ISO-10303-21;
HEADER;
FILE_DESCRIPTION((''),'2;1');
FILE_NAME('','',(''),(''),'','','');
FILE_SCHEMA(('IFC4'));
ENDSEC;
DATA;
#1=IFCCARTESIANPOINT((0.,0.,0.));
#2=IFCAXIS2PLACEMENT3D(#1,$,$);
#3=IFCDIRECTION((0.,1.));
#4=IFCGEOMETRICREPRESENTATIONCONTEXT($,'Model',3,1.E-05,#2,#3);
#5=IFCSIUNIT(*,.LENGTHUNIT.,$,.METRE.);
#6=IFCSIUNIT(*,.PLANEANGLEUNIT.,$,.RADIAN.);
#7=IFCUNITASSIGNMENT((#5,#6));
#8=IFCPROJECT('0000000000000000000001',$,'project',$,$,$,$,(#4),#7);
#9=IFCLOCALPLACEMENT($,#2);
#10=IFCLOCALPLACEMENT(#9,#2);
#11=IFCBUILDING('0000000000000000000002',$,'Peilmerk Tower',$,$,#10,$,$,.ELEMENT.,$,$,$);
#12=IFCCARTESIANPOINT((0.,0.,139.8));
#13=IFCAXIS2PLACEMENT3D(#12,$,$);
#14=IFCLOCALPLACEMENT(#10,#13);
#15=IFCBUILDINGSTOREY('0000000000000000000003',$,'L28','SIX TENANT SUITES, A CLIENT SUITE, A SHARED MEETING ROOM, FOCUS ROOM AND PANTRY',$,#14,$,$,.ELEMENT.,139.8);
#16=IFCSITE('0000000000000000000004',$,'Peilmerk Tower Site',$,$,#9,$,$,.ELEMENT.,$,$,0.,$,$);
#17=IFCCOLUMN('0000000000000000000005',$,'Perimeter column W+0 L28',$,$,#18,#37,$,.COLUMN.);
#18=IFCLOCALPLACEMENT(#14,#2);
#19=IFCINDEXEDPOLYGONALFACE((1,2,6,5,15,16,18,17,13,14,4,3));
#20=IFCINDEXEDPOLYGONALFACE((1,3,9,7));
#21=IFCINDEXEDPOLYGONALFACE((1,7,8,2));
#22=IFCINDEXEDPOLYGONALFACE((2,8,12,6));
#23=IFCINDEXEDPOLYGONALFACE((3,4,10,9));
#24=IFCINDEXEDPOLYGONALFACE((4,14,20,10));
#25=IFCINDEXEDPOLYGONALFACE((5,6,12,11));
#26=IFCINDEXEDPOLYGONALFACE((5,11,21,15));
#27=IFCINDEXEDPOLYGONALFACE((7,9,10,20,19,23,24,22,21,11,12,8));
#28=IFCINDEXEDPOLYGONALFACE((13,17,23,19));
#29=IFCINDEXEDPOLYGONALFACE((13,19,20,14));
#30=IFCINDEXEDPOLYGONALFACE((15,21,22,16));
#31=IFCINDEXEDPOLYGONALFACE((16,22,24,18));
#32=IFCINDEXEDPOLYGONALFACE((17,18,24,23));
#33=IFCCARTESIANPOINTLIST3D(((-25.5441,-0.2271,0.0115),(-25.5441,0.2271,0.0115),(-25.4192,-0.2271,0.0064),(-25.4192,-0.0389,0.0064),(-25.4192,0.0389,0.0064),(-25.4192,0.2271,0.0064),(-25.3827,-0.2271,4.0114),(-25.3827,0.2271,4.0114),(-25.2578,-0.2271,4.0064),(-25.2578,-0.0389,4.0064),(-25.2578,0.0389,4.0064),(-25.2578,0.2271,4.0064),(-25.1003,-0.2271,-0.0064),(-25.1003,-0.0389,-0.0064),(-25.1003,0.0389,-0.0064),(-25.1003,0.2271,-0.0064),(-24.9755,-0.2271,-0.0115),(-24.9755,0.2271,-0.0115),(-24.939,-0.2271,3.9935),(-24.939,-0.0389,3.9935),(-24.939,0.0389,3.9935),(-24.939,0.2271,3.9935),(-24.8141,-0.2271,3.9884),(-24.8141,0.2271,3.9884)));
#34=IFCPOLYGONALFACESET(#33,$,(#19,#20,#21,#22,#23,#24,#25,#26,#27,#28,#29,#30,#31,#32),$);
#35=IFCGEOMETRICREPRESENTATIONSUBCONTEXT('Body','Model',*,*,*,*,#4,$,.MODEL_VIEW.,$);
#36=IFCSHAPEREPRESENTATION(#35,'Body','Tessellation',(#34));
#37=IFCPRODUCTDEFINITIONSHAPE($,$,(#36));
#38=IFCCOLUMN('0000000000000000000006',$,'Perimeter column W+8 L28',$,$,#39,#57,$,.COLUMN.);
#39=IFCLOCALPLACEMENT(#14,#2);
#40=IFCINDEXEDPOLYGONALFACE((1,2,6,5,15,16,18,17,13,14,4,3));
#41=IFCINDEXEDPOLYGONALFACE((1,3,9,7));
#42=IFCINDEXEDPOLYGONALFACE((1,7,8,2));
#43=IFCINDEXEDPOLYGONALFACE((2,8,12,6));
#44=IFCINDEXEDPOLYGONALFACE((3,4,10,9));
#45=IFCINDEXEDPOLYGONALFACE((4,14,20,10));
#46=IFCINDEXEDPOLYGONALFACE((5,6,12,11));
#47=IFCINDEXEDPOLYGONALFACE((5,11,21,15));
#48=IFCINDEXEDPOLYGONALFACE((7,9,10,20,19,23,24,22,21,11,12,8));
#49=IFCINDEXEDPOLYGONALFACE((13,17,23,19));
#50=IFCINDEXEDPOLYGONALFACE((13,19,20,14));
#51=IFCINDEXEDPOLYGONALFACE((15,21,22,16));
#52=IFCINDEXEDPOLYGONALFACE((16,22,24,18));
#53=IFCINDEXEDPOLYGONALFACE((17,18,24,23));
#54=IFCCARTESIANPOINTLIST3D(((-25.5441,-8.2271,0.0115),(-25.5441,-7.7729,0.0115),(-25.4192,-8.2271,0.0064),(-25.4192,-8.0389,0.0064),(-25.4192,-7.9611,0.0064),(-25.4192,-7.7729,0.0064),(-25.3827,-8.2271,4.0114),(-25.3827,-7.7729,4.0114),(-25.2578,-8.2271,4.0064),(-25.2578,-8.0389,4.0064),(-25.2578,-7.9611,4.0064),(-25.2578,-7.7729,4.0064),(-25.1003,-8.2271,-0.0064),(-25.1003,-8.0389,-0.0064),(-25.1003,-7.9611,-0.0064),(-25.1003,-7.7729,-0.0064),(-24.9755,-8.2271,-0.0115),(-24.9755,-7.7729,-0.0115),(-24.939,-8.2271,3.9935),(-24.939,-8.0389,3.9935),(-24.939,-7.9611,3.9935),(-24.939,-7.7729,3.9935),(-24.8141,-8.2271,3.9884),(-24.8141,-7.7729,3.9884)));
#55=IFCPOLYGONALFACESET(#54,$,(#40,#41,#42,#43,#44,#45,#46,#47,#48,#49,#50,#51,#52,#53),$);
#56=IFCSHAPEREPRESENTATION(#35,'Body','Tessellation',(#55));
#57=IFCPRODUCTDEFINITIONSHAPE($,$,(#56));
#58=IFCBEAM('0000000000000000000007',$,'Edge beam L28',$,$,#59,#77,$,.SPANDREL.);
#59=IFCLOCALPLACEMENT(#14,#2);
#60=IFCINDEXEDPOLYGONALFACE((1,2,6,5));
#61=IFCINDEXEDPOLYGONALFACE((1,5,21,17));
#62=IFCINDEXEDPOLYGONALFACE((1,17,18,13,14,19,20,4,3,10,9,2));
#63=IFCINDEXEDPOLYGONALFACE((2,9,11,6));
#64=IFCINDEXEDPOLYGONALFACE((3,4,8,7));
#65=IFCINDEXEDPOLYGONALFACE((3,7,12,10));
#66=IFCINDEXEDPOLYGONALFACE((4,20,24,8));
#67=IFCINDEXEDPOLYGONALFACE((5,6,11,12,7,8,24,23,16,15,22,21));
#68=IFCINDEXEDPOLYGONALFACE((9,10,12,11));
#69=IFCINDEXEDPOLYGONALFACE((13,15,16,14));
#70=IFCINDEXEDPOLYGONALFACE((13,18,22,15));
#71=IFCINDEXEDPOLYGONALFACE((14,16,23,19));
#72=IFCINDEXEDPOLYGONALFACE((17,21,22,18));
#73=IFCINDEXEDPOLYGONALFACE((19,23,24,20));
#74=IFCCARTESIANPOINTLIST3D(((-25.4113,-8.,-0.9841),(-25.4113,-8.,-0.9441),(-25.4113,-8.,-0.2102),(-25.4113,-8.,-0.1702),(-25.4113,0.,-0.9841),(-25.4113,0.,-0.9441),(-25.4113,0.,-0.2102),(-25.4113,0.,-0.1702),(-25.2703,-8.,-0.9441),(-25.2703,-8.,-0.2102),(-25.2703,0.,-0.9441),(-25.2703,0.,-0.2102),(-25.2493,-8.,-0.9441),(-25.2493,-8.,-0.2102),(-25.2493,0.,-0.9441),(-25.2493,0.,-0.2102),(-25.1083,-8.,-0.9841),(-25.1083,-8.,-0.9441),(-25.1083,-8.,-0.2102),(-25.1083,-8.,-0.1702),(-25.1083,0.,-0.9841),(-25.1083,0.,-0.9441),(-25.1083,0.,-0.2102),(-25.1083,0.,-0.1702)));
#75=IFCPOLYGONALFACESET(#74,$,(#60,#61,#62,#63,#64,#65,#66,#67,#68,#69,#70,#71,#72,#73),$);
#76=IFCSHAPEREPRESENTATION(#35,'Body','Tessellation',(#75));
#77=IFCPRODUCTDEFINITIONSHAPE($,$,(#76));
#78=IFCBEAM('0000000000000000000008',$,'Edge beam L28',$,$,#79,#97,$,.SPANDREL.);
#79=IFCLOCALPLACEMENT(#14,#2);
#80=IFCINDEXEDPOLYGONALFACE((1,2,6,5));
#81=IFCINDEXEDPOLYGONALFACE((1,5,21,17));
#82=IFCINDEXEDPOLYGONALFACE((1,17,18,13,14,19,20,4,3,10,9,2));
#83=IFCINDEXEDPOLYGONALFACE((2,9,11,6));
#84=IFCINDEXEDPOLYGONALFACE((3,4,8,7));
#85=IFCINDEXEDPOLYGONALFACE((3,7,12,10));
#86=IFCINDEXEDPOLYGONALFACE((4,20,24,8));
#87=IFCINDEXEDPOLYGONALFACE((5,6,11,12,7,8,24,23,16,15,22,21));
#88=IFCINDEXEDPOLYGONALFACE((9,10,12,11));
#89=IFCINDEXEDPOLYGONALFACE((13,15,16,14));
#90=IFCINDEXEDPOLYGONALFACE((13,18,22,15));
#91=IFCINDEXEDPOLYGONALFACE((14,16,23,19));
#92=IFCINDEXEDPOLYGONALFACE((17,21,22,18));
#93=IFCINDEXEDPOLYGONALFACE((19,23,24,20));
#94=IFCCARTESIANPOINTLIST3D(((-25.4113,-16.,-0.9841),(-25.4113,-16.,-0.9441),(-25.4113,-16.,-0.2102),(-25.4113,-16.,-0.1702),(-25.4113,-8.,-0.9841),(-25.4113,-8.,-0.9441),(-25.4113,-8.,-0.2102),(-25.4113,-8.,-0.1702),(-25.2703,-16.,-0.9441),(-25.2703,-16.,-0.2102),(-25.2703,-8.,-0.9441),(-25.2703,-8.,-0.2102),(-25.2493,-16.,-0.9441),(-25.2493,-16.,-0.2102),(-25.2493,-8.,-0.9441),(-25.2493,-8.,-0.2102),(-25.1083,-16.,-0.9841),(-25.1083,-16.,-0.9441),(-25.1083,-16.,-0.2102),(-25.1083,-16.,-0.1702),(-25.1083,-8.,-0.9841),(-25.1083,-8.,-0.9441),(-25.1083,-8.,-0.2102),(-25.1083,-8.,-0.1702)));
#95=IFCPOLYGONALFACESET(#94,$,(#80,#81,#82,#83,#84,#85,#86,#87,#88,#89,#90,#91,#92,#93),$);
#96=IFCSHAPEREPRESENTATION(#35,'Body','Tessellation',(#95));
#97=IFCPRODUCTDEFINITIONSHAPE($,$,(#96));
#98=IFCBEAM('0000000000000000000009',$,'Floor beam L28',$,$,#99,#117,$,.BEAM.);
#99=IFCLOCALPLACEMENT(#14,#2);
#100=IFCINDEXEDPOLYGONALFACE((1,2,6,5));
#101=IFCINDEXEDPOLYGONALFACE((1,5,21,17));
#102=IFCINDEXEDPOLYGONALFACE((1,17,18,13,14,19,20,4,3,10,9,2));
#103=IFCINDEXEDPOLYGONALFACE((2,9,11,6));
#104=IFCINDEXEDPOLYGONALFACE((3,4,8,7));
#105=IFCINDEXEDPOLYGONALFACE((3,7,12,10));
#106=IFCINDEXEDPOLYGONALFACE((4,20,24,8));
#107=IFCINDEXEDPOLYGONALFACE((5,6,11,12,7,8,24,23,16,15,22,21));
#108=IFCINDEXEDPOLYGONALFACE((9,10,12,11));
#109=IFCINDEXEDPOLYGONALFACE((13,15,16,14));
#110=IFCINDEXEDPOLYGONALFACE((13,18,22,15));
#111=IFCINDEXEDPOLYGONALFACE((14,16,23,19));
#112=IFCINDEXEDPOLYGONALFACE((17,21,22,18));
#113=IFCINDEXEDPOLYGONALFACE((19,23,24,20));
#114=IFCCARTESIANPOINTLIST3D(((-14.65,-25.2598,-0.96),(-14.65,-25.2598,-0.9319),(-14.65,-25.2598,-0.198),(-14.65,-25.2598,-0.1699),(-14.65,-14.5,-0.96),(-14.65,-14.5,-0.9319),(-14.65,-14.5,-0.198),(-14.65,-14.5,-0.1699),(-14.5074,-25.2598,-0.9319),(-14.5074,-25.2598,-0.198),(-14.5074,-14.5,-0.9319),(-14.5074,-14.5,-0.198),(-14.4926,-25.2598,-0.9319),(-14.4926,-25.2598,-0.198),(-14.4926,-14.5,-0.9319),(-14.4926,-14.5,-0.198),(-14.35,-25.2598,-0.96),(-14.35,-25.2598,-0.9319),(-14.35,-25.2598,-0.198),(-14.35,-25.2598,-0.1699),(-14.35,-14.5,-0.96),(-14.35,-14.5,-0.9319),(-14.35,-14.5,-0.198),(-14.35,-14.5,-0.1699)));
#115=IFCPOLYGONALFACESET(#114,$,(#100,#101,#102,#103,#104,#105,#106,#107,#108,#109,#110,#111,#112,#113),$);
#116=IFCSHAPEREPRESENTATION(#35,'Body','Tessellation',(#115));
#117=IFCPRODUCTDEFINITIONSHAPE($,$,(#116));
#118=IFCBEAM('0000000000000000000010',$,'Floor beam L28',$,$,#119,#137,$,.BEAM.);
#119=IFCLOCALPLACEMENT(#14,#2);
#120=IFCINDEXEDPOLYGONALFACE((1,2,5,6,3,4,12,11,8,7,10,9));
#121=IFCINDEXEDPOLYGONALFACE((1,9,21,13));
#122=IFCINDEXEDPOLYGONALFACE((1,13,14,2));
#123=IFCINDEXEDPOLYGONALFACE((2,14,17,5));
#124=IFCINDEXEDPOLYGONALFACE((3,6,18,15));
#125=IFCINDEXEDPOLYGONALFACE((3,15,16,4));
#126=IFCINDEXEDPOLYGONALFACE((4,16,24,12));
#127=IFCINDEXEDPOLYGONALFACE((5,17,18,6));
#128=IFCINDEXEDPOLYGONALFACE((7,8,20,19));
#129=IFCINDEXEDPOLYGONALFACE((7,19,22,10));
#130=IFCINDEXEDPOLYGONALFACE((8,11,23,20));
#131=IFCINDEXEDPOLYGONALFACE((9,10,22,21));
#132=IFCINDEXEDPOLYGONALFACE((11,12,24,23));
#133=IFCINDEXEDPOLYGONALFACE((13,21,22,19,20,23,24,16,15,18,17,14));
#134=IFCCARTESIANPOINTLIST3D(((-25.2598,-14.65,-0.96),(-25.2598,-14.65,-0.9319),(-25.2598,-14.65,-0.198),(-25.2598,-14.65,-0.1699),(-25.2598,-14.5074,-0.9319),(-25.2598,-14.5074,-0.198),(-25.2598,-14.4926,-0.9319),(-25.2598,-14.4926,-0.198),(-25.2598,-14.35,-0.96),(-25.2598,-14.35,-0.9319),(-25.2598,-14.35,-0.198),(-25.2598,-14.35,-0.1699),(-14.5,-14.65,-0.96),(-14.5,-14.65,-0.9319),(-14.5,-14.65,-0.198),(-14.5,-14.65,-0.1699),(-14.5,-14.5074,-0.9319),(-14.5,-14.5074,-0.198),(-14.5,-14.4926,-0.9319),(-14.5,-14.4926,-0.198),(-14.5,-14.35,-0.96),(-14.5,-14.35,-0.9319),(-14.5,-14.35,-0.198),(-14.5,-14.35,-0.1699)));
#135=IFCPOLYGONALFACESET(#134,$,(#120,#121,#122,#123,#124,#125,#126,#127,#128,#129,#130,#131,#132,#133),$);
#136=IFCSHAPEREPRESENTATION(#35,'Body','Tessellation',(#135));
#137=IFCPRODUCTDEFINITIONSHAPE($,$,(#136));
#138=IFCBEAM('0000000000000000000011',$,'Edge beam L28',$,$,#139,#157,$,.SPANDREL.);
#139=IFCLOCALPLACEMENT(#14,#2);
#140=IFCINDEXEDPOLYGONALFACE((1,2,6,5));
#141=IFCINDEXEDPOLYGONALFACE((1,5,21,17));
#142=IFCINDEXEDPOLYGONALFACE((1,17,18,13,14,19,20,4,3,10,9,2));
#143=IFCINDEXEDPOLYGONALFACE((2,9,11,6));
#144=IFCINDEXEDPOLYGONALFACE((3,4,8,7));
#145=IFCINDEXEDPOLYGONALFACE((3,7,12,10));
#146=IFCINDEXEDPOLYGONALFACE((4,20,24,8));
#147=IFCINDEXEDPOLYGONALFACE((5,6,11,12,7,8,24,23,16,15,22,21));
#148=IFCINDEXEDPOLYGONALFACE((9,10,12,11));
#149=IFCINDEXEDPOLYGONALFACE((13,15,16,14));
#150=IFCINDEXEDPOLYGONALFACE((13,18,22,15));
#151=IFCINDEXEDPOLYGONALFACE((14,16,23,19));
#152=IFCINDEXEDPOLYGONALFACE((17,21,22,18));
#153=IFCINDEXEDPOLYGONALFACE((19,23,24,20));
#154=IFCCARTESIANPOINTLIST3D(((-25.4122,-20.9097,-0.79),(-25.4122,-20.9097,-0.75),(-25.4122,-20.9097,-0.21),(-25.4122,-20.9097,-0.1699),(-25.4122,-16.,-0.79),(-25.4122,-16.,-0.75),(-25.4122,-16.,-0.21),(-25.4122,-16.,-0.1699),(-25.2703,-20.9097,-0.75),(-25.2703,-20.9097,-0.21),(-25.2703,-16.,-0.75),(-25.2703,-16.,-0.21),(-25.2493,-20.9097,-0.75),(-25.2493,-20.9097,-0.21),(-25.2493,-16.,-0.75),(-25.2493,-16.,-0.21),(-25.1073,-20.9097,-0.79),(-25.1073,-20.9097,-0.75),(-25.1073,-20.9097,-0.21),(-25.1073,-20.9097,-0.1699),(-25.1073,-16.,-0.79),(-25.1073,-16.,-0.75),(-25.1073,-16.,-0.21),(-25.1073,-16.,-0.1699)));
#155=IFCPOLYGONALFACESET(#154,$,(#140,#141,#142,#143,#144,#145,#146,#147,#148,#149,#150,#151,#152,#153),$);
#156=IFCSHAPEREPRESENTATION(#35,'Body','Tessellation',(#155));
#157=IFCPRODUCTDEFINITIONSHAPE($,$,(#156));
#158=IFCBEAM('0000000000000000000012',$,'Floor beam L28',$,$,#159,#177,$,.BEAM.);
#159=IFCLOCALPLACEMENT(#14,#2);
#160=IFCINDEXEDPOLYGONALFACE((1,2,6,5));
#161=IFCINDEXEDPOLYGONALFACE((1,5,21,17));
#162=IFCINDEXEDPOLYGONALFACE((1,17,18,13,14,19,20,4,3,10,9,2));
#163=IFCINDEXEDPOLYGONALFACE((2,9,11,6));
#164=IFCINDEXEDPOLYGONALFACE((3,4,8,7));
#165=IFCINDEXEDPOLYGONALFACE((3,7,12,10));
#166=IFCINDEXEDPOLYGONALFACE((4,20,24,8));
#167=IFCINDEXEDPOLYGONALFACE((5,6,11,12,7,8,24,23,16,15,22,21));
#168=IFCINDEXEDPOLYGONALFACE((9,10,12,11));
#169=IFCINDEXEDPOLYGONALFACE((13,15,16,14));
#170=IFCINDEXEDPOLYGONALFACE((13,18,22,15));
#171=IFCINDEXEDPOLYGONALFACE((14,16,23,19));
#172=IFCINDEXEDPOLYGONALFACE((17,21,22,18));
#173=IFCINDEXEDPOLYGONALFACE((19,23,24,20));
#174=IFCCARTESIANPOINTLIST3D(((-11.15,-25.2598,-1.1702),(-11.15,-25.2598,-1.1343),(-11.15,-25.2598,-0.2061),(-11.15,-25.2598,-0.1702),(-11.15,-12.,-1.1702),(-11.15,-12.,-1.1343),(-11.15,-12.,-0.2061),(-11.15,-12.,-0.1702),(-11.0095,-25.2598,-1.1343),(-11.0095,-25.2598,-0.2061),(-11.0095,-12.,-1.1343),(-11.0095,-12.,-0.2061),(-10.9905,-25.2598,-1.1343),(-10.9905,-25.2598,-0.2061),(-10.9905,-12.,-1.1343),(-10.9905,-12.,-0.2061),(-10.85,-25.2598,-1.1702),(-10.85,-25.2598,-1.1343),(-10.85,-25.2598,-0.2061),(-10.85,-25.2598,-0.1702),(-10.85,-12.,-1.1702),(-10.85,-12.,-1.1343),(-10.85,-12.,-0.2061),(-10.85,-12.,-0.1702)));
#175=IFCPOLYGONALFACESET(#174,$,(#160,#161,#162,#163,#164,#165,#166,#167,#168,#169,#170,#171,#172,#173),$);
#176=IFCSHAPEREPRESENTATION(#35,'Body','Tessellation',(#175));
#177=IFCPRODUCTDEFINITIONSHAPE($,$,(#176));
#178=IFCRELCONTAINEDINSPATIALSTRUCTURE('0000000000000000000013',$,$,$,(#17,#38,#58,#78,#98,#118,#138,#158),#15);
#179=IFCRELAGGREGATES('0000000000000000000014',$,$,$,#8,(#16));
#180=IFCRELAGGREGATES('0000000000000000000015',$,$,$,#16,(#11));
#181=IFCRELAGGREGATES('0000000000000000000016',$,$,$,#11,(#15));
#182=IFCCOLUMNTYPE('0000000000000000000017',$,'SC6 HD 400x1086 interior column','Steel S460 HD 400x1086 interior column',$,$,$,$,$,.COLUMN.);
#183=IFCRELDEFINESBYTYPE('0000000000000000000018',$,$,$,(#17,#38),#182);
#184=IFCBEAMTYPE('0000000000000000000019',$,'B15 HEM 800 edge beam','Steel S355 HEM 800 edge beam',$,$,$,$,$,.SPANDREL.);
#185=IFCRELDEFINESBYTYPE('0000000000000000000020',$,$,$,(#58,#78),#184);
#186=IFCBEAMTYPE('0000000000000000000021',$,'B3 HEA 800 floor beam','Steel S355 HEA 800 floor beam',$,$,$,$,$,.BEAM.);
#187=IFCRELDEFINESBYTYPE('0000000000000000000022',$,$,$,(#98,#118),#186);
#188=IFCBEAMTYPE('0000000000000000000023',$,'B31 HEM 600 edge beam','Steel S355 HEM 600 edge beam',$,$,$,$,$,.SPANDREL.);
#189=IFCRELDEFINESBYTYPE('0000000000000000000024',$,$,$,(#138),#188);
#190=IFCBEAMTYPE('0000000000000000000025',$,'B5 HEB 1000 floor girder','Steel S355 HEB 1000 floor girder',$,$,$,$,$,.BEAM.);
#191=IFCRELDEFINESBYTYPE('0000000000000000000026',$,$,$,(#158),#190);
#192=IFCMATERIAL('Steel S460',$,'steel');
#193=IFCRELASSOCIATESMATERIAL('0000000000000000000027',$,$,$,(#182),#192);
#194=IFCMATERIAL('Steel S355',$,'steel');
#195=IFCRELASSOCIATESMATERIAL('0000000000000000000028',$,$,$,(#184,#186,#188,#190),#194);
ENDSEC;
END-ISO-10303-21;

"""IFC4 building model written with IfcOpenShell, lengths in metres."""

from ifc_helpers import new_model, si_unit, direction, frame, origin, origin_2d, place, context, subcontext, project, spatial, i_section, extrude, material, material_profile, profile_set, type_object, element, save


model = new_model("IFC4")

# Units and contexts
model_context = context("Model", 3, precision=1e-05, world=origin(), true_north=direction((0.0, 1.0)))
body_context = subcontext(model_context, "Body", "Model", "MODEL_VIEW")
ifc_project = project(units=[si_unit("LENGTHUNIT", "METRE"), si_unit("PLANEANGLEUNIT", "RADIAN")], contexts=[model_context])

# Site, building, storey
site_placement = place(None, origin())
site = spatial("IfcSite", under=ifc_project, at=site_placement, Name="Peilmerk Tower Site", CompositionType="ELEMENT", RefElevation=0.0)
building_placement = place(site_placement, origin())
building = spatial("IfcBuilding", under=site, at=building_placement, Name="Peilmerk Tower", CompositionType="ELEMENT")
storey_placement = place(building_placement, frame((0.0, 0.0, 139.8)))
storey = spatial("IfcBuildingStorey", under=building, at=storey_placement, Name="L28", Description="SIX TENANT SUITES, A CLIENT SUITE, A SHARED MEETING ROOM, FOCUS ROOM AND PANTRY", CompositionType="ELEMENT", Elevation=139.8)

# Columns
ifc_material_1 = material(Name="Steel S460", Category="steel")
ifc_material_profile_1 = material_profile(ifc_material_1, i_section(OverallWidth=0.4541, OverallDepth=0.5691, WebThickness=0.0779, FlangeThickness=0.125, at=origin_2d()), Name="HD 400x1086")
ifc_profile_set_1 = profile_set([ifc_material_profile_1], Name="Steel S460")
column_type = type_object("IfcColumnType", Name="SC6 HD 400x1086 interior column", Description="Steel S460 HD 400x1086 interior column", PredefinedType="COLUMN", material=ifc_profile_set_1)
for number, where, z_axis, x_axis, name in (
    (1, (-25.2598, 0.0, 0.0), (0.040311, 0.0, 0.999187), (0.0, 1.0, 0.0), "Perimeter column W+0 L28"),
    (2, (-25.2598, -8.0, 0.0), (0.040311, 0.0, 0.999187), (0.0, 1.0, 0.0), "Perimeter column W+8 L28"),
):
    element("IfcColumn", number, at=place(storey_placement, frame(where, z_axis=z_axis, x_axis=x_axis)), inside=storey, type_object=column_type, Name=name, PredefinedType="COLUMN", context=body_context, shape_type="SweptSolid", body=[
        extrude(i_section(OverallWidth=0.4541, OverallDepth=0.5691, WebThickness=0.0779, FlangeThickness=0.125, at=origin_2d()), origin(), (0.0, 0.0, 1.0), 4.0032),
    ])

# Beams
ifc_material_2 = material(Name="Steel S355", Category="steel")
ifc_material_profile_2 = material_profile(ifc_material_2, i_section(OverallWidth=0.303, OverallDepth=0.814, WebThickness=0.021, FlangeThickness=0.04, at=origin_2d()), Name="HEM 800")
ifc_profile_set_2 = profile_set([ifc_material_profile_2], Name="Steel S355")
beam_type_1 = type_object("IfcBeamType", Name="B15 HEM 800 edge beam", Description="Steel S355 HEM 800 edge beam", PredefinedType="SPANDREL", material=ifc_profile_set_2)
for number, where, z_axis, x_axis, name in (
    (3, (-25.2598, 0.0, -0.5771), (0.0, -1.0, 0.0), (1.0, 0.0, 0.0), "Edge beam L28"),
    (4, (-25.2598, -8.0, -0.5771), (0.0, -1.0, 0.0), (1.0, 0.0, 0.0), "Edge beam L28"),
):
    element("IfcBeam", number, at=place(storey_placement, frame(where, z_axis=z_axis, x_axis=x_axis)), inside=storey, type_object=beam_type_1, Name=name, PredefinedType="SPANDREL", context=body_context, shape_type="SweptSolid", body=[
        extrude(i_section(OverallWidth=0.303, OverallDepth=0.814, WebThickness=0.021, FlangeThickness=0.04, at=origin_2d()), origin(), (0.0, 0.0, 1.0), 8.0),
    ])
ifc_material_profile_3 = material_profile(ifc_material_2, i_section(OverallWidth=0.3, OverallDepth=0.79, WebThickness=0.0149, FlangeThickness=0.0281, at=origin_2d()), Name="HEA 800")
ifc_profile_set_3 = profile_set([ifc_material_profile_3], Name="Steel S355")
beam_type_2 = type_object("IfcBeamType", Name="B3 HEA 800 floor beam", Description="Steel S355 HEA 800 floor beam", PredefinedType="BEAM", material=ifc_profile_set_3)
for number, where, z_axis, x_axis, name in (
    (5, (-14.5, -14.5, -0.5649), (0.0, -1.0, 0.0), (1.0, 0.0, 0.0), "Floor beam L28"),
    (6, (-14.5, -14.5, -0.5649), (-1.0, 0.0, 0.0), (0.0, -1.0, 0.0), "Floor beam L28"),
):
    element("IfcBeam", number, at=place(storey_placement, frame(where, z_axis=z_axis, x_axis=x_axis)), inside=storey, type_object=beam_type_2, Name=name, PredefinedType="BEAM", context=body_context, shape_type="SweptSolid", body=[
        extrude(i_section(OverallWidth=0.3, OverallDepth=0.79, WebThickness=0.0149, FlangeThickness=0.0281, at=origin_2d()), origin(), (0.0, 0.0, 1.0), 10.7598),
    ])
ifc_material_profile_4 = material_profile(ifc_material_2, i_section(OverallWidth=0.3049, OverallDepth=0.6201, WebThickness=0.021, FlangeThickness=0.04, at=origin_2d()), Name="HEM 600")
ifc_profile_set_4 = profile_set([ifc_material_profile_4], Name="Steel S355")
beam_type_3 = type_object("IfcBeamType", Name="B31 HEM 600 edge beam", Description="Steel S355 HEM 600 edge beam", PredefinedType="SPANDREL", material=ifc_profile_set_4)
beam_1_placement = place(storey_placement, frame((-25.2598, -16.0, -0.48), z_axis=(0.0, -1.0, 0.0), x_axis=(1.0, 0.0, 0.0)))
element("IfcBeam", 7, at=beam_1_placement, inside=storey, type_object=beam_type_3, Name="Edge beam L28", PredefinedType="SPANDREL", context=body_context, shape_type="SweptSolid", body=[
    extrude(i_section(OverallWidth=0.3049, OverallDepth=0.6201, WebThickness=0.021, FlangeThickness=0.04, at=origin_2d()), origin(), (0.0, 0.0, 1.0), 4.9097),
])
ifc_material_profile_5 = material_profile(ifc_material_2, i_section(OverallWidth=0.3, OverallDepth=1.0, WebThickness=0.019, FlangeThickness=0.0359, at=origin_2d()), Name="HEB 1000")
ifc_profile_set_5 = profile_set([ifc_material_profile_5], Name="Steel S355")
beam_type_4 = type_object("IfcBeamType", Name="B5 HEB 1000 floor girder", Description="Steel S355 HEB 1000 floor girder", PredefinedType="BEAM", material=ifc_profile_set_5)
for number, where, z_axis, x_axis, name in (
    (8, (-11.0, -12.0, -0.6702), (0.0, -1.0, 0.0), (1.0, 0.0, 0.0), "Floor beam L28"),
):
    element("IfcBeam", number, at=place(storey_placement, frame(where, z_axis=z_axis, x_axis=x_axis)), inside=storey, type_object=beam_type_4, Name=name, PredefinedType="BEAM", context=body_context, shape_type="SweptSolid", body=[
        extrude(i_section(OverallWidth=0.3, OverallDepth=1.0, WebThickness=0.019, FlangeThickness=0.0359, at=origin_2d()), origin(), (0.0, 0.0, 1.0), 13.2598),
    ])

save(model, "model.ifc")
